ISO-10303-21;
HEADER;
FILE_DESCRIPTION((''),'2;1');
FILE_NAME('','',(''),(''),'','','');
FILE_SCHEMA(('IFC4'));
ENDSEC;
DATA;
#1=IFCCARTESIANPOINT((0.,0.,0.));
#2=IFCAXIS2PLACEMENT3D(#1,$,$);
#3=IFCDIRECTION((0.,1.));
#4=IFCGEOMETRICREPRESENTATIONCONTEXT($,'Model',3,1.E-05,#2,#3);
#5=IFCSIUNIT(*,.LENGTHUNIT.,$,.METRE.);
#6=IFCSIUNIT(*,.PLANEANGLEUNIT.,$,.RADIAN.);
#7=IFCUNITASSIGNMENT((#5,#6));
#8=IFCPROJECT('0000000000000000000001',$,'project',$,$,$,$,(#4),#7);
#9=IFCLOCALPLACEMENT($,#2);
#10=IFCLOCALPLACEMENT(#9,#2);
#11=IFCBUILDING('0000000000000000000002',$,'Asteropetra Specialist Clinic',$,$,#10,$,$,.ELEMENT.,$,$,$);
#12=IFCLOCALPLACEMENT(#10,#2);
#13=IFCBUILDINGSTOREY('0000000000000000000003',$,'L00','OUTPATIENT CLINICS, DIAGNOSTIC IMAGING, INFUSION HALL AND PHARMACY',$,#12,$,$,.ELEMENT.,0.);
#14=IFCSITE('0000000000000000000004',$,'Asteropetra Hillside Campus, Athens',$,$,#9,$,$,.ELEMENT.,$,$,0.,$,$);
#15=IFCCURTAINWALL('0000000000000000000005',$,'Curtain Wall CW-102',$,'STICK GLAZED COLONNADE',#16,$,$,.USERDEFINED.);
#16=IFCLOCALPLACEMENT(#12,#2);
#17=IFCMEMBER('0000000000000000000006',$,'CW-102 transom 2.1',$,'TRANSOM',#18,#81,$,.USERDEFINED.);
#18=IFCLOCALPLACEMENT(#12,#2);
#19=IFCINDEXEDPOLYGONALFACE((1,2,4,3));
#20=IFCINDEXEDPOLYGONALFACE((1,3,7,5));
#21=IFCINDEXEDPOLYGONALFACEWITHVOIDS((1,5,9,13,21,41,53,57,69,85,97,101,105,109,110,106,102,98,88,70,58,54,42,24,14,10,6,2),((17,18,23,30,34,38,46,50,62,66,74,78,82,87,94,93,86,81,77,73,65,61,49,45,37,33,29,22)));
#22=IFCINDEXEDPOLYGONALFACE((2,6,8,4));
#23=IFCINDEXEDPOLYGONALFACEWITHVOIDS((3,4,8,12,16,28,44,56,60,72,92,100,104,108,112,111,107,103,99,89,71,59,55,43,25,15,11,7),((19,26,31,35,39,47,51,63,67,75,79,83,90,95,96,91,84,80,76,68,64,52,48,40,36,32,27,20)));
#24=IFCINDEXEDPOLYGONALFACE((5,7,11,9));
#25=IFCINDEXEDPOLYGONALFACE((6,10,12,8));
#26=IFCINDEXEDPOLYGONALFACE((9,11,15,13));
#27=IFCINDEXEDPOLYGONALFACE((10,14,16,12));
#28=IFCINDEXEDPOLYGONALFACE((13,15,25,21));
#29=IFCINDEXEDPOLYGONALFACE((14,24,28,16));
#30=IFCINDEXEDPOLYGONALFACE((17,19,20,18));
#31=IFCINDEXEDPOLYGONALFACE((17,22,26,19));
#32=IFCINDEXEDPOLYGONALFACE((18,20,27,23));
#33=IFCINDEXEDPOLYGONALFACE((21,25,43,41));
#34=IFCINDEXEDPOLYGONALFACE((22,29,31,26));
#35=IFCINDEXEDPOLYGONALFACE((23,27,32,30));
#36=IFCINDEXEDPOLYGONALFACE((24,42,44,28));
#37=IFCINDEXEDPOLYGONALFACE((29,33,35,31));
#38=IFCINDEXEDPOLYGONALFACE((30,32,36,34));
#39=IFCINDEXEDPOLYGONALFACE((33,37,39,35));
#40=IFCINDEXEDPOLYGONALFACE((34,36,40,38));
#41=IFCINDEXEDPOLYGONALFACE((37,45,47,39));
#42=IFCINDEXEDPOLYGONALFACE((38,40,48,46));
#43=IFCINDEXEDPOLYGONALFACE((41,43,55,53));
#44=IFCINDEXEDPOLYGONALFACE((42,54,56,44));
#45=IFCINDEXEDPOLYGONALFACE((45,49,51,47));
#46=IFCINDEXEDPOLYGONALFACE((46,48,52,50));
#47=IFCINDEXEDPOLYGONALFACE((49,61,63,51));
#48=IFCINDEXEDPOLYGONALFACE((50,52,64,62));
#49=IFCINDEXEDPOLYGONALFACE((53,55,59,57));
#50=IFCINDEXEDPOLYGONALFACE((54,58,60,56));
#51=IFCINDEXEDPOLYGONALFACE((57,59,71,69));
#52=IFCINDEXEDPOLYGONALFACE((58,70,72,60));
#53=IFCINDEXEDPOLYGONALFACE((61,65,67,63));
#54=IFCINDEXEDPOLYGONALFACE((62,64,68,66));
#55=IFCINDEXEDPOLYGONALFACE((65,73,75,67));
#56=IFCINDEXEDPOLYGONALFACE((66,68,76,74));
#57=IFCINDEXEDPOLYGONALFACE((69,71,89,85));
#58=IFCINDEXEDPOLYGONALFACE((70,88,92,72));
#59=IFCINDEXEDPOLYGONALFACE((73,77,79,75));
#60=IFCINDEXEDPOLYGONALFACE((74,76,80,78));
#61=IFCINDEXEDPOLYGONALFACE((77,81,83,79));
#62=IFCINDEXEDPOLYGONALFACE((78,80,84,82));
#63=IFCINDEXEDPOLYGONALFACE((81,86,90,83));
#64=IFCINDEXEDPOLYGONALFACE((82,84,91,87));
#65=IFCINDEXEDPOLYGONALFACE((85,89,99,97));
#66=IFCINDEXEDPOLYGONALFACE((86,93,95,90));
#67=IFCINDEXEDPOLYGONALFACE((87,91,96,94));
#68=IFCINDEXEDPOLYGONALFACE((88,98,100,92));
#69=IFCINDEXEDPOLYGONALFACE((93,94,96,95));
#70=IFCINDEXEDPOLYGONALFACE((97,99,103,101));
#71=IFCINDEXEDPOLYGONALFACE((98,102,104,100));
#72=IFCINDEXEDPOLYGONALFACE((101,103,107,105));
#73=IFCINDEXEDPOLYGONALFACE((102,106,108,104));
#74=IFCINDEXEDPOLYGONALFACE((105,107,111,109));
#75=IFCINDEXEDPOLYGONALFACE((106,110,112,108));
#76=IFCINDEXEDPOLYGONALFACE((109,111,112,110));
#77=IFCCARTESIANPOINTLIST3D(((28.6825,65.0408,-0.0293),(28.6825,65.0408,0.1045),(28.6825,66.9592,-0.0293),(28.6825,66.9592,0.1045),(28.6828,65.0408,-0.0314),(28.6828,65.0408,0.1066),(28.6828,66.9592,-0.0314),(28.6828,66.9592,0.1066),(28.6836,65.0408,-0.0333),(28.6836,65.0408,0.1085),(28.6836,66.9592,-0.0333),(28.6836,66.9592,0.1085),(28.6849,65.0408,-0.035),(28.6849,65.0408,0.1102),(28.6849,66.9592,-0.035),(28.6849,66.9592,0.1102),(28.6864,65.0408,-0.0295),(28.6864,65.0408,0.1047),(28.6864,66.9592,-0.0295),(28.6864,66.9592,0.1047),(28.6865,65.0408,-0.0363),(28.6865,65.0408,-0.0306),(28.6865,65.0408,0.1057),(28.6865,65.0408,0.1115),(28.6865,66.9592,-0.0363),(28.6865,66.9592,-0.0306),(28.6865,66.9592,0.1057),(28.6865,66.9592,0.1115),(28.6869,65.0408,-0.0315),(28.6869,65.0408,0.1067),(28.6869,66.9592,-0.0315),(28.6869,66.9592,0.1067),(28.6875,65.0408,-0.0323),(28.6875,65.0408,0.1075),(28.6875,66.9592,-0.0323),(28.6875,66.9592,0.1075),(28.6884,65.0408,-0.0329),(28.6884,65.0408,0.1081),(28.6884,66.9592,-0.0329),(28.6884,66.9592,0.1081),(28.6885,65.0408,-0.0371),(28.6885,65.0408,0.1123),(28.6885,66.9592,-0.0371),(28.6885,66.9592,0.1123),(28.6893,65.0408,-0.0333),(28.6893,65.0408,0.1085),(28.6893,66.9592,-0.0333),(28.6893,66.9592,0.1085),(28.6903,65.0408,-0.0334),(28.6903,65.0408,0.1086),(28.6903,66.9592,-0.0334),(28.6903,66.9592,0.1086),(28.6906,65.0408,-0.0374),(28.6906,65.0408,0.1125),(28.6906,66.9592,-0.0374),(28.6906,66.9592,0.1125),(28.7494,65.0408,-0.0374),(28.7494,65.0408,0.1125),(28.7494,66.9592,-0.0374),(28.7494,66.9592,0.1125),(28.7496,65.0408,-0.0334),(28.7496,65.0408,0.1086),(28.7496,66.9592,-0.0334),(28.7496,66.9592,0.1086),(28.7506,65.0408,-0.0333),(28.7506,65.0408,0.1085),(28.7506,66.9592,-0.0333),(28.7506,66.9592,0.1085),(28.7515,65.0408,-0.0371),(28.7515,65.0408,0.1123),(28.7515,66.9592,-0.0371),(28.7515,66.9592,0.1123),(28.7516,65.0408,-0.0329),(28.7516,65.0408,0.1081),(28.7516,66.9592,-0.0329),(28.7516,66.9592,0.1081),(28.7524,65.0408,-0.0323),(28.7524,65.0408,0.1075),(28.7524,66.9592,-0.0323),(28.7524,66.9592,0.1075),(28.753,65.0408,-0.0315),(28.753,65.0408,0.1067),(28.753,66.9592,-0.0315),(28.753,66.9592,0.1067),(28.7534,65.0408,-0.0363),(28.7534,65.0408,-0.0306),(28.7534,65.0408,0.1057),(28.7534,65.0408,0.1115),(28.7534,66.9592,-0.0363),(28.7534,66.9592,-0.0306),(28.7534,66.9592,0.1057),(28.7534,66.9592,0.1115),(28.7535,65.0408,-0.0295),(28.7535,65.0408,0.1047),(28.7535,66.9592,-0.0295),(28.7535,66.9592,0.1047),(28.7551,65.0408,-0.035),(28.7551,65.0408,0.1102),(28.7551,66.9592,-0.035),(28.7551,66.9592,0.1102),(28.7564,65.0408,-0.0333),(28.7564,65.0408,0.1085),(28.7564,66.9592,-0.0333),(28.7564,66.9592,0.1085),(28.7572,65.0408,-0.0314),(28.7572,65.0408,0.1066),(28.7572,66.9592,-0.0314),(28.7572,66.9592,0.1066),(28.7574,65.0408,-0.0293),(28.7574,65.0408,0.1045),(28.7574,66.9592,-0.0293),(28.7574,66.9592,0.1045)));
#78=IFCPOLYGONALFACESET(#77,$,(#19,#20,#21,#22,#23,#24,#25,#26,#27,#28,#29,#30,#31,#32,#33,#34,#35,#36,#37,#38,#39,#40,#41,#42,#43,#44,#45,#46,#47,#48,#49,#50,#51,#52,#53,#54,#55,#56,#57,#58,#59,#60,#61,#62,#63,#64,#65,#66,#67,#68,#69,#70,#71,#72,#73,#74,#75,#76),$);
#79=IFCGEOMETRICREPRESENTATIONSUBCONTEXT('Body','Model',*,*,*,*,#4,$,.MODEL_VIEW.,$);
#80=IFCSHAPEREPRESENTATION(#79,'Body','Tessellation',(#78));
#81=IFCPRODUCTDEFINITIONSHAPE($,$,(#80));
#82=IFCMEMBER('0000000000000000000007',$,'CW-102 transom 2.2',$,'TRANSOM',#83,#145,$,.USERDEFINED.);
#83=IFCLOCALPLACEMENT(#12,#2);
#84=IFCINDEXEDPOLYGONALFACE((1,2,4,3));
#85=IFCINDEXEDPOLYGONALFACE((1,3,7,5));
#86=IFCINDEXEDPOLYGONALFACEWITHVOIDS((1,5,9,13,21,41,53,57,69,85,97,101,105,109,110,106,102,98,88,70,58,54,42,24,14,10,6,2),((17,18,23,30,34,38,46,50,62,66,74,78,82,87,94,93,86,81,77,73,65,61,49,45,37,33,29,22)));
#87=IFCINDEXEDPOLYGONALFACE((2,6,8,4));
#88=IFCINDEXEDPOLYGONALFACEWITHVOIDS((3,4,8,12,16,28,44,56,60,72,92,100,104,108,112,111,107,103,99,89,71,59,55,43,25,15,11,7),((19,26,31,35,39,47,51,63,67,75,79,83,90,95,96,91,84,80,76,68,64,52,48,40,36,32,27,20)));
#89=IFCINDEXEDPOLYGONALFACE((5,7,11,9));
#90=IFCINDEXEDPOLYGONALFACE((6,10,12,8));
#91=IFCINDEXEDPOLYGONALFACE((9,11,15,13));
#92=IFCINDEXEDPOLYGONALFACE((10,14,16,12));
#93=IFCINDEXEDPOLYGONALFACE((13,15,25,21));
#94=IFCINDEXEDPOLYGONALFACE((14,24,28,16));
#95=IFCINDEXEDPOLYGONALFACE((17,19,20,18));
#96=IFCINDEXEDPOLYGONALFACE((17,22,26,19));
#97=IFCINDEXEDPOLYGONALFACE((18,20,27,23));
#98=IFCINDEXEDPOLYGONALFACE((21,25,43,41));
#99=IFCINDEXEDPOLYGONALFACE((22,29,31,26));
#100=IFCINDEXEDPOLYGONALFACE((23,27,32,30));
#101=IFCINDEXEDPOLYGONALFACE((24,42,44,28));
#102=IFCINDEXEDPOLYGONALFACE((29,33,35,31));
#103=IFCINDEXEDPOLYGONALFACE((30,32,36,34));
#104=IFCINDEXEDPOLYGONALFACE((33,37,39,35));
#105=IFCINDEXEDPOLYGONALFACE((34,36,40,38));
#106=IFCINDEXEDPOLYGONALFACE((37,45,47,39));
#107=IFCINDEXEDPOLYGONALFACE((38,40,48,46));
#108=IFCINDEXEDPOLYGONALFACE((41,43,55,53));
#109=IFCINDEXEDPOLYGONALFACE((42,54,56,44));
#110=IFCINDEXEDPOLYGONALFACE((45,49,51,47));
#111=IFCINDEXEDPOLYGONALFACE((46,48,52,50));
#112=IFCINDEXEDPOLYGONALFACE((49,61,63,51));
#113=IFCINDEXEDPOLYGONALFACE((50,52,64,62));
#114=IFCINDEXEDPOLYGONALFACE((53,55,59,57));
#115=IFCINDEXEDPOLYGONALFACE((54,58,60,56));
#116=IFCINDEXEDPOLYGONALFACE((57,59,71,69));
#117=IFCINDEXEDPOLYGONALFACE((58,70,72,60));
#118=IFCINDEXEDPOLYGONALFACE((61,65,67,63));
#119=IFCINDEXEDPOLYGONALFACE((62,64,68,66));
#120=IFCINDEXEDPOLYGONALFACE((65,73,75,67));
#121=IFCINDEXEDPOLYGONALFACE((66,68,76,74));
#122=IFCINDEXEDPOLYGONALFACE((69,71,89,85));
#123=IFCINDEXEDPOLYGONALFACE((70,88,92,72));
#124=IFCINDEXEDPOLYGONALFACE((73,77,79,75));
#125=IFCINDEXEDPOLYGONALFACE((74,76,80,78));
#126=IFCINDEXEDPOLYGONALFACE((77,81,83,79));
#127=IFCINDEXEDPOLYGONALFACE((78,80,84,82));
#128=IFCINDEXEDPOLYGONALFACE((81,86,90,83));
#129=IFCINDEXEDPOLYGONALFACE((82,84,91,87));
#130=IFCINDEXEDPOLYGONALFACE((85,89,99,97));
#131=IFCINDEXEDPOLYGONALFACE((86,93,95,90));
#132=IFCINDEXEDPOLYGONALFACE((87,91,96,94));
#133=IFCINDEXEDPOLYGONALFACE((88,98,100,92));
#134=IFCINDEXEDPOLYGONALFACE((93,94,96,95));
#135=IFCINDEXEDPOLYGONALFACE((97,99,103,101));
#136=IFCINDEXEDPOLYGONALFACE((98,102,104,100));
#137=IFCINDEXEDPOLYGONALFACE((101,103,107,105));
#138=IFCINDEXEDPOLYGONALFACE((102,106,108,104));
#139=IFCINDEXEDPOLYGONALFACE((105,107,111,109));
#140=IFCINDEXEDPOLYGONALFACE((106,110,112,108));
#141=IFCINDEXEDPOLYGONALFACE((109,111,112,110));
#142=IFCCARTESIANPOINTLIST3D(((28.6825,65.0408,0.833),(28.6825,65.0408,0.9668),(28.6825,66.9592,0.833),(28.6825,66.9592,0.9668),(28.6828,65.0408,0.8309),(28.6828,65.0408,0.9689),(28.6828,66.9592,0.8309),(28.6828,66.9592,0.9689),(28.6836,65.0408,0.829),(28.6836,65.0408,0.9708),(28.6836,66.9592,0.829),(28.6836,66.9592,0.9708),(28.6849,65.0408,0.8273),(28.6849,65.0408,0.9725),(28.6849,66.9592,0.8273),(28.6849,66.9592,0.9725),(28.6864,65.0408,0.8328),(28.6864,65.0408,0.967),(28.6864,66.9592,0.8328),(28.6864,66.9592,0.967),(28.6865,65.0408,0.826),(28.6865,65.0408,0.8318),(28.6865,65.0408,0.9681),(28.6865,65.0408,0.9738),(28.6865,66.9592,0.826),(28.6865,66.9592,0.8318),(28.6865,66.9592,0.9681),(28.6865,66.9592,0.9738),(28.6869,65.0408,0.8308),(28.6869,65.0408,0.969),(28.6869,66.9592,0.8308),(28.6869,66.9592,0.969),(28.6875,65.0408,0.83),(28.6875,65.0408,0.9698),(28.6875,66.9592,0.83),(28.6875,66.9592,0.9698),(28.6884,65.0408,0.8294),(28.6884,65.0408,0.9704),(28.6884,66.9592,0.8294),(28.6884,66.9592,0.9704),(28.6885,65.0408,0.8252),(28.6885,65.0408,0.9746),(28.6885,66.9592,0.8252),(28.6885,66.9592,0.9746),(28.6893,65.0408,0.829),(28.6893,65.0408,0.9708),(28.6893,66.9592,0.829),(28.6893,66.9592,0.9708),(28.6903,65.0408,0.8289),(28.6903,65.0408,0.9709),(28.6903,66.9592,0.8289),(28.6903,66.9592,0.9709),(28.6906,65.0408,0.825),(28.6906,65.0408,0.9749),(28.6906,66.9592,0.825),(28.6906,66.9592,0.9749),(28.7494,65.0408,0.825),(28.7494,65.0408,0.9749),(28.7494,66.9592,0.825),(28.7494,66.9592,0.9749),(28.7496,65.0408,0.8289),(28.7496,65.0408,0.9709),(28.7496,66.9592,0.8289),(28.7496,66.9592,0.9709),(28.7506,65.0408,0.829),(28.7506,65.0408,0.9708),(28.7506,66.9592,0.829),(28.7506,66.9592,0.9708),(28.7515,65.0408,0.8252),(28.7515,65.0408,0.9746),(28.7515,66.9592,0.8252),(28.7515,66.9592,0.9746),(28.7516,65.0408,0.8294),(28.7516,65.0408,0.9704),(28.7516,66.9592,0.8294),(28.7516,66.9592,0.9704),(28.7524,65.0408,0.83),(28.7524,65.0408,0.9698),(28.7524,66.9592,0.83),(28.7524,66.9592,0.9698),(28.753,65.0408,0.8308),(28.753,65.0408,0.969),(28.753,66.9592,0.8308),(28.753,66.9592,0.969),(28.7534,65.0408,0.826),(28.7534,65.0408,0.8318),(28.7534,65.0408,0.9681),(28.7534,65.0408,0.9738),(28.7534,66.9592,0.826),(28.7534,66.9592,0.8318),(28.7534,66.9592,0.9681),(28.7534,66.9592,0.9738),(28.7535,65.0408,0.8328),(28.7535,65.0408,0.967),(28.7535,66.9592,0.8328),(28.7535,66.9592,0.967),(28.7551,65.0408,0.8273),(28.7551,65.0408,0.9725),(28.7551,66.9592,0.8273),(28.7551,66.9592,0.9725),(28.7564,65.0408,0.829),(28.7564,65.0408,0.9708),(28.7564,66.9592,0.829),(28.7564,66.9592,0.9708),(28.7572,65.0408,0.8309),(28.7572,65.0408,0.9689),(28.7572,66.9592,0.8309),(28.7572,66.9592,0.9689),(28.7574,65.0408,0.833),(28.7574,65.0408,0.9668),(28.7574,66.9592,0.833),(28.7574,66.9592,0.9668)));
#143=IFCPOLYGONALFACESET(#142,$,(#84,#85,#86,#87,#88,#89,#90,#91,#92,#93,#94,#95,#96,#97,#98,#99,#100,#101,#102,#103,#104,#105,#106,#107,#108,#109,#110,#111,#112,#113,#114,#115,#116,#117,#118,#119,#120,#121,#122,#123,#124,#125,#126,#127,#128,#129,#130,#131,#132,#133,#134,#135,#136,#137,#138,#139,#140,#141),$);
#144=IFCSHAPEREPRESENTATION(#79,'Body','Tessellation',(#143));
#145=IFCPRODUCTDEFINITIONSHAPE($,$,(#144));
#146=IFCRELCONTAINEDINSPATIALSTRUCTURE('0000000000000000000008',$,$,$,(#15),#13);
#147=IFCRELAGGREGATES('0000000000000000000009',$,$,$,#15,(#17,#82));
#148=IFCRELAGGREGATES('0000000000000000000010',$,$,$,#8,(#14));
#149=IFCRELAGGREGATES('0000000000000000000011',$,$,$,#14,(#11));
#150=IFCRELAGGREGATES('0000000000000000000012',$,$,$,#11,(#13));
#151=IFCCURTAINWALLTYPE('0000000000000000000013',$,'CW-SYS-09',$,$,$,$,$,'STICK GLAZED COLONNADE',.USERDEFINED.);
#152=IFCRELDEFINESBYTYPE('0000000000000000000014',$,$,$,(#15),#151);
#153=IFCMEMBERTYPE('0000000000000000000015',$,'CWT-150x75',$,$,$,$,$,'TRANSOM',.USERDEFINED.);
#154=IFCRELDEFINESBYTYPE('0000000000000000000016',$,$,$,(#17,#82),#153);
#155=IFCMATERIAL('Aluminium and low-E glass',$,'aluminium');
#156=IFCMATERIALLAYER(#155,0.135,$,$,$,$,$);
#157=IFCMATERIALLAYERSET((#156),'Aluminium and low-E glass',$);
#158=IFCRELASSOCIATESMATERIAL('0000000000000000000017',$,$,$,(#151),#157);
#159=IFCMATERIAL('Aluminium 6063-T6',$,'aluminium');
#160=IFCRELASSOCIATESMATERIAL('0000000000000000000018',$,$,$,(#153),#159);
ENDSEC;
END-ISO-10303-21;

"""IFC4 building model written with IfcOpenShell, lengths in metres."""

from ifc_helpers import new_model, si_unit, direction, frame, origin, origin_2d, place, context, subcontext, project, spatial, hollow_rectangle, extrude, material, layer, layer_set, material_profile, profile_set, type_object, element, aggregate, save


model = new_model("IFC4")

# Units and contexts
model_context = context("Model", 3, precision=1e-05, world=origin(), true_north=direction((0.0, 1.0)))
body_context = subcontext(model_context, "Body", "Model", "MODEL_VIEW")
ifc_project = project(units=[si_unit("LENGTHUNIT", "METRE"), si_unit("PLANEANGLEUNIT", "RADIAN")], contexts=[model_context])

# Site, building, storey
site_placement = place(None, origin())
site = spatial("IfcSite", under=ifc_project, at=site_placement, Name="Asteropetra Hillside Campus, Athens", CompositionType="ELEMENT", RefElevation=0.0)
building_placement = place(site_placement, origin())
building = spatial("IfcBuilding", under=site, at=building_placement, Name="Asteropetra Specialist Clinic", CompositionType="ELEMENT")
storey_placement = place(building_placement, origin())
storey = spatial("IfcBuildingStorey", under=building, at=storey_placement, Name="L00", Description="OUTPATIENT CLINICS, DIAGNOSTIC IMAGING, INFUSION HALL AND PHARMACY", CompositionType="ELEMENT", Elevation=0.0)

# Curtain wall, members
ifc_material_1 = material(Name="Aluminium and low-E glass", Category="aluminium")
ifc_layer_1 = layer(ifc_material_1, 0.135)
ifc_layer_set_1 = layer_set([ifc_layer_1], Name="Aluminium and low-E glass")
curtain_wall_type = type_object("IfcCurtainWallType", Name="CW-SYS-09", ElementType="STICK GLAZED COLONNADE", PredefinedType="USERDEFINED", material=ifc_layer_set_1)
curtain_wall_placement = place(storey_placement, origin())
curtain_wall = element("IfcCurtainWall", 1, at=curtain_wall_placement, inside=storey, type_object=curtain_wall_type, Name="Curtain Wall CW-102", ObjectType="STICK GLAZED COLONNADE", PredefinedType="USERDEFINED")
ifc_material_2 = material(Name="Aluminium 6063-T6", Category="aluminium")
ifc_material_profile_1 = material_profile(ifc_material_2, hollow_rectangle(XDim=0.075, YDim=0.1499, WallThickness=0.0039, InnerFilletRadius=0.0039, OuterFilletRadius=0.0081, at=origin_2d()), Name="TRN 150x75x4.0")
ifc_profile_set_1 = profile_set([ifc_material_profile_1], Name="Aluminium 6063-T6")
member_type_1 = type_object("IfcMemberType", Name="CWT-150x75", ElementType="TRANSOM", PredefinedType="USERDEFINED", material=ifc_profile_set_1)
member_1_placement = place(storey_placement, frame((28.72, 66.9592, 0.0376), z_axis=(0.0, -1.0, 0.0), x_axis=(1.0, 0.0, 0.0)))
member_1 = element("IfcMember", 2, at=member_1_placement, type_object=member_type_1, Name="CW-102 transom 2.1", ObjectType="TRANSOM", PredefinedType="USERDEFINED", context=body_context, shape_type="SweptSolid", body=[
    extrude(hollow_rectangle(XDim=0.075, YDim=0.1499, WallThickness=0.0039, InnerFilletRadius=0.0039, OuterFilletRadius=0.0081, at=origin_2d()), origin(), (0.0, 0.0, 1.0), 1.9185),
])
member_2_placement = place(storey_placement, frame((28.72, 66.9592, 0.8999), z_axis=(0.0, -1.0, 0.0), x_axis=(1.0, 0.0, 0.0)))
member_2 = element("IfcMember", 3, at=member_2_placement, type_object=member_type_1, Name="CW-102 transom 2.2", ObjectType="TRANSOM", PredefinedType="USERDEFINED", context=body_context, shape_type="SweptSolid", body=[
    extrude(hollow_rectangle(XDim=0.075, YDim=0.1499, WallThickness=0.0039, InnerFilletRadius=0.0039, OuterFilletRadius=0.0081, at=origin_2d()), origin(), (0.0, 0.0, 1.0), 1.9185),
])
aggregate(curtain_wall, [member_1, member_2])

save(model, "model.ifc")
